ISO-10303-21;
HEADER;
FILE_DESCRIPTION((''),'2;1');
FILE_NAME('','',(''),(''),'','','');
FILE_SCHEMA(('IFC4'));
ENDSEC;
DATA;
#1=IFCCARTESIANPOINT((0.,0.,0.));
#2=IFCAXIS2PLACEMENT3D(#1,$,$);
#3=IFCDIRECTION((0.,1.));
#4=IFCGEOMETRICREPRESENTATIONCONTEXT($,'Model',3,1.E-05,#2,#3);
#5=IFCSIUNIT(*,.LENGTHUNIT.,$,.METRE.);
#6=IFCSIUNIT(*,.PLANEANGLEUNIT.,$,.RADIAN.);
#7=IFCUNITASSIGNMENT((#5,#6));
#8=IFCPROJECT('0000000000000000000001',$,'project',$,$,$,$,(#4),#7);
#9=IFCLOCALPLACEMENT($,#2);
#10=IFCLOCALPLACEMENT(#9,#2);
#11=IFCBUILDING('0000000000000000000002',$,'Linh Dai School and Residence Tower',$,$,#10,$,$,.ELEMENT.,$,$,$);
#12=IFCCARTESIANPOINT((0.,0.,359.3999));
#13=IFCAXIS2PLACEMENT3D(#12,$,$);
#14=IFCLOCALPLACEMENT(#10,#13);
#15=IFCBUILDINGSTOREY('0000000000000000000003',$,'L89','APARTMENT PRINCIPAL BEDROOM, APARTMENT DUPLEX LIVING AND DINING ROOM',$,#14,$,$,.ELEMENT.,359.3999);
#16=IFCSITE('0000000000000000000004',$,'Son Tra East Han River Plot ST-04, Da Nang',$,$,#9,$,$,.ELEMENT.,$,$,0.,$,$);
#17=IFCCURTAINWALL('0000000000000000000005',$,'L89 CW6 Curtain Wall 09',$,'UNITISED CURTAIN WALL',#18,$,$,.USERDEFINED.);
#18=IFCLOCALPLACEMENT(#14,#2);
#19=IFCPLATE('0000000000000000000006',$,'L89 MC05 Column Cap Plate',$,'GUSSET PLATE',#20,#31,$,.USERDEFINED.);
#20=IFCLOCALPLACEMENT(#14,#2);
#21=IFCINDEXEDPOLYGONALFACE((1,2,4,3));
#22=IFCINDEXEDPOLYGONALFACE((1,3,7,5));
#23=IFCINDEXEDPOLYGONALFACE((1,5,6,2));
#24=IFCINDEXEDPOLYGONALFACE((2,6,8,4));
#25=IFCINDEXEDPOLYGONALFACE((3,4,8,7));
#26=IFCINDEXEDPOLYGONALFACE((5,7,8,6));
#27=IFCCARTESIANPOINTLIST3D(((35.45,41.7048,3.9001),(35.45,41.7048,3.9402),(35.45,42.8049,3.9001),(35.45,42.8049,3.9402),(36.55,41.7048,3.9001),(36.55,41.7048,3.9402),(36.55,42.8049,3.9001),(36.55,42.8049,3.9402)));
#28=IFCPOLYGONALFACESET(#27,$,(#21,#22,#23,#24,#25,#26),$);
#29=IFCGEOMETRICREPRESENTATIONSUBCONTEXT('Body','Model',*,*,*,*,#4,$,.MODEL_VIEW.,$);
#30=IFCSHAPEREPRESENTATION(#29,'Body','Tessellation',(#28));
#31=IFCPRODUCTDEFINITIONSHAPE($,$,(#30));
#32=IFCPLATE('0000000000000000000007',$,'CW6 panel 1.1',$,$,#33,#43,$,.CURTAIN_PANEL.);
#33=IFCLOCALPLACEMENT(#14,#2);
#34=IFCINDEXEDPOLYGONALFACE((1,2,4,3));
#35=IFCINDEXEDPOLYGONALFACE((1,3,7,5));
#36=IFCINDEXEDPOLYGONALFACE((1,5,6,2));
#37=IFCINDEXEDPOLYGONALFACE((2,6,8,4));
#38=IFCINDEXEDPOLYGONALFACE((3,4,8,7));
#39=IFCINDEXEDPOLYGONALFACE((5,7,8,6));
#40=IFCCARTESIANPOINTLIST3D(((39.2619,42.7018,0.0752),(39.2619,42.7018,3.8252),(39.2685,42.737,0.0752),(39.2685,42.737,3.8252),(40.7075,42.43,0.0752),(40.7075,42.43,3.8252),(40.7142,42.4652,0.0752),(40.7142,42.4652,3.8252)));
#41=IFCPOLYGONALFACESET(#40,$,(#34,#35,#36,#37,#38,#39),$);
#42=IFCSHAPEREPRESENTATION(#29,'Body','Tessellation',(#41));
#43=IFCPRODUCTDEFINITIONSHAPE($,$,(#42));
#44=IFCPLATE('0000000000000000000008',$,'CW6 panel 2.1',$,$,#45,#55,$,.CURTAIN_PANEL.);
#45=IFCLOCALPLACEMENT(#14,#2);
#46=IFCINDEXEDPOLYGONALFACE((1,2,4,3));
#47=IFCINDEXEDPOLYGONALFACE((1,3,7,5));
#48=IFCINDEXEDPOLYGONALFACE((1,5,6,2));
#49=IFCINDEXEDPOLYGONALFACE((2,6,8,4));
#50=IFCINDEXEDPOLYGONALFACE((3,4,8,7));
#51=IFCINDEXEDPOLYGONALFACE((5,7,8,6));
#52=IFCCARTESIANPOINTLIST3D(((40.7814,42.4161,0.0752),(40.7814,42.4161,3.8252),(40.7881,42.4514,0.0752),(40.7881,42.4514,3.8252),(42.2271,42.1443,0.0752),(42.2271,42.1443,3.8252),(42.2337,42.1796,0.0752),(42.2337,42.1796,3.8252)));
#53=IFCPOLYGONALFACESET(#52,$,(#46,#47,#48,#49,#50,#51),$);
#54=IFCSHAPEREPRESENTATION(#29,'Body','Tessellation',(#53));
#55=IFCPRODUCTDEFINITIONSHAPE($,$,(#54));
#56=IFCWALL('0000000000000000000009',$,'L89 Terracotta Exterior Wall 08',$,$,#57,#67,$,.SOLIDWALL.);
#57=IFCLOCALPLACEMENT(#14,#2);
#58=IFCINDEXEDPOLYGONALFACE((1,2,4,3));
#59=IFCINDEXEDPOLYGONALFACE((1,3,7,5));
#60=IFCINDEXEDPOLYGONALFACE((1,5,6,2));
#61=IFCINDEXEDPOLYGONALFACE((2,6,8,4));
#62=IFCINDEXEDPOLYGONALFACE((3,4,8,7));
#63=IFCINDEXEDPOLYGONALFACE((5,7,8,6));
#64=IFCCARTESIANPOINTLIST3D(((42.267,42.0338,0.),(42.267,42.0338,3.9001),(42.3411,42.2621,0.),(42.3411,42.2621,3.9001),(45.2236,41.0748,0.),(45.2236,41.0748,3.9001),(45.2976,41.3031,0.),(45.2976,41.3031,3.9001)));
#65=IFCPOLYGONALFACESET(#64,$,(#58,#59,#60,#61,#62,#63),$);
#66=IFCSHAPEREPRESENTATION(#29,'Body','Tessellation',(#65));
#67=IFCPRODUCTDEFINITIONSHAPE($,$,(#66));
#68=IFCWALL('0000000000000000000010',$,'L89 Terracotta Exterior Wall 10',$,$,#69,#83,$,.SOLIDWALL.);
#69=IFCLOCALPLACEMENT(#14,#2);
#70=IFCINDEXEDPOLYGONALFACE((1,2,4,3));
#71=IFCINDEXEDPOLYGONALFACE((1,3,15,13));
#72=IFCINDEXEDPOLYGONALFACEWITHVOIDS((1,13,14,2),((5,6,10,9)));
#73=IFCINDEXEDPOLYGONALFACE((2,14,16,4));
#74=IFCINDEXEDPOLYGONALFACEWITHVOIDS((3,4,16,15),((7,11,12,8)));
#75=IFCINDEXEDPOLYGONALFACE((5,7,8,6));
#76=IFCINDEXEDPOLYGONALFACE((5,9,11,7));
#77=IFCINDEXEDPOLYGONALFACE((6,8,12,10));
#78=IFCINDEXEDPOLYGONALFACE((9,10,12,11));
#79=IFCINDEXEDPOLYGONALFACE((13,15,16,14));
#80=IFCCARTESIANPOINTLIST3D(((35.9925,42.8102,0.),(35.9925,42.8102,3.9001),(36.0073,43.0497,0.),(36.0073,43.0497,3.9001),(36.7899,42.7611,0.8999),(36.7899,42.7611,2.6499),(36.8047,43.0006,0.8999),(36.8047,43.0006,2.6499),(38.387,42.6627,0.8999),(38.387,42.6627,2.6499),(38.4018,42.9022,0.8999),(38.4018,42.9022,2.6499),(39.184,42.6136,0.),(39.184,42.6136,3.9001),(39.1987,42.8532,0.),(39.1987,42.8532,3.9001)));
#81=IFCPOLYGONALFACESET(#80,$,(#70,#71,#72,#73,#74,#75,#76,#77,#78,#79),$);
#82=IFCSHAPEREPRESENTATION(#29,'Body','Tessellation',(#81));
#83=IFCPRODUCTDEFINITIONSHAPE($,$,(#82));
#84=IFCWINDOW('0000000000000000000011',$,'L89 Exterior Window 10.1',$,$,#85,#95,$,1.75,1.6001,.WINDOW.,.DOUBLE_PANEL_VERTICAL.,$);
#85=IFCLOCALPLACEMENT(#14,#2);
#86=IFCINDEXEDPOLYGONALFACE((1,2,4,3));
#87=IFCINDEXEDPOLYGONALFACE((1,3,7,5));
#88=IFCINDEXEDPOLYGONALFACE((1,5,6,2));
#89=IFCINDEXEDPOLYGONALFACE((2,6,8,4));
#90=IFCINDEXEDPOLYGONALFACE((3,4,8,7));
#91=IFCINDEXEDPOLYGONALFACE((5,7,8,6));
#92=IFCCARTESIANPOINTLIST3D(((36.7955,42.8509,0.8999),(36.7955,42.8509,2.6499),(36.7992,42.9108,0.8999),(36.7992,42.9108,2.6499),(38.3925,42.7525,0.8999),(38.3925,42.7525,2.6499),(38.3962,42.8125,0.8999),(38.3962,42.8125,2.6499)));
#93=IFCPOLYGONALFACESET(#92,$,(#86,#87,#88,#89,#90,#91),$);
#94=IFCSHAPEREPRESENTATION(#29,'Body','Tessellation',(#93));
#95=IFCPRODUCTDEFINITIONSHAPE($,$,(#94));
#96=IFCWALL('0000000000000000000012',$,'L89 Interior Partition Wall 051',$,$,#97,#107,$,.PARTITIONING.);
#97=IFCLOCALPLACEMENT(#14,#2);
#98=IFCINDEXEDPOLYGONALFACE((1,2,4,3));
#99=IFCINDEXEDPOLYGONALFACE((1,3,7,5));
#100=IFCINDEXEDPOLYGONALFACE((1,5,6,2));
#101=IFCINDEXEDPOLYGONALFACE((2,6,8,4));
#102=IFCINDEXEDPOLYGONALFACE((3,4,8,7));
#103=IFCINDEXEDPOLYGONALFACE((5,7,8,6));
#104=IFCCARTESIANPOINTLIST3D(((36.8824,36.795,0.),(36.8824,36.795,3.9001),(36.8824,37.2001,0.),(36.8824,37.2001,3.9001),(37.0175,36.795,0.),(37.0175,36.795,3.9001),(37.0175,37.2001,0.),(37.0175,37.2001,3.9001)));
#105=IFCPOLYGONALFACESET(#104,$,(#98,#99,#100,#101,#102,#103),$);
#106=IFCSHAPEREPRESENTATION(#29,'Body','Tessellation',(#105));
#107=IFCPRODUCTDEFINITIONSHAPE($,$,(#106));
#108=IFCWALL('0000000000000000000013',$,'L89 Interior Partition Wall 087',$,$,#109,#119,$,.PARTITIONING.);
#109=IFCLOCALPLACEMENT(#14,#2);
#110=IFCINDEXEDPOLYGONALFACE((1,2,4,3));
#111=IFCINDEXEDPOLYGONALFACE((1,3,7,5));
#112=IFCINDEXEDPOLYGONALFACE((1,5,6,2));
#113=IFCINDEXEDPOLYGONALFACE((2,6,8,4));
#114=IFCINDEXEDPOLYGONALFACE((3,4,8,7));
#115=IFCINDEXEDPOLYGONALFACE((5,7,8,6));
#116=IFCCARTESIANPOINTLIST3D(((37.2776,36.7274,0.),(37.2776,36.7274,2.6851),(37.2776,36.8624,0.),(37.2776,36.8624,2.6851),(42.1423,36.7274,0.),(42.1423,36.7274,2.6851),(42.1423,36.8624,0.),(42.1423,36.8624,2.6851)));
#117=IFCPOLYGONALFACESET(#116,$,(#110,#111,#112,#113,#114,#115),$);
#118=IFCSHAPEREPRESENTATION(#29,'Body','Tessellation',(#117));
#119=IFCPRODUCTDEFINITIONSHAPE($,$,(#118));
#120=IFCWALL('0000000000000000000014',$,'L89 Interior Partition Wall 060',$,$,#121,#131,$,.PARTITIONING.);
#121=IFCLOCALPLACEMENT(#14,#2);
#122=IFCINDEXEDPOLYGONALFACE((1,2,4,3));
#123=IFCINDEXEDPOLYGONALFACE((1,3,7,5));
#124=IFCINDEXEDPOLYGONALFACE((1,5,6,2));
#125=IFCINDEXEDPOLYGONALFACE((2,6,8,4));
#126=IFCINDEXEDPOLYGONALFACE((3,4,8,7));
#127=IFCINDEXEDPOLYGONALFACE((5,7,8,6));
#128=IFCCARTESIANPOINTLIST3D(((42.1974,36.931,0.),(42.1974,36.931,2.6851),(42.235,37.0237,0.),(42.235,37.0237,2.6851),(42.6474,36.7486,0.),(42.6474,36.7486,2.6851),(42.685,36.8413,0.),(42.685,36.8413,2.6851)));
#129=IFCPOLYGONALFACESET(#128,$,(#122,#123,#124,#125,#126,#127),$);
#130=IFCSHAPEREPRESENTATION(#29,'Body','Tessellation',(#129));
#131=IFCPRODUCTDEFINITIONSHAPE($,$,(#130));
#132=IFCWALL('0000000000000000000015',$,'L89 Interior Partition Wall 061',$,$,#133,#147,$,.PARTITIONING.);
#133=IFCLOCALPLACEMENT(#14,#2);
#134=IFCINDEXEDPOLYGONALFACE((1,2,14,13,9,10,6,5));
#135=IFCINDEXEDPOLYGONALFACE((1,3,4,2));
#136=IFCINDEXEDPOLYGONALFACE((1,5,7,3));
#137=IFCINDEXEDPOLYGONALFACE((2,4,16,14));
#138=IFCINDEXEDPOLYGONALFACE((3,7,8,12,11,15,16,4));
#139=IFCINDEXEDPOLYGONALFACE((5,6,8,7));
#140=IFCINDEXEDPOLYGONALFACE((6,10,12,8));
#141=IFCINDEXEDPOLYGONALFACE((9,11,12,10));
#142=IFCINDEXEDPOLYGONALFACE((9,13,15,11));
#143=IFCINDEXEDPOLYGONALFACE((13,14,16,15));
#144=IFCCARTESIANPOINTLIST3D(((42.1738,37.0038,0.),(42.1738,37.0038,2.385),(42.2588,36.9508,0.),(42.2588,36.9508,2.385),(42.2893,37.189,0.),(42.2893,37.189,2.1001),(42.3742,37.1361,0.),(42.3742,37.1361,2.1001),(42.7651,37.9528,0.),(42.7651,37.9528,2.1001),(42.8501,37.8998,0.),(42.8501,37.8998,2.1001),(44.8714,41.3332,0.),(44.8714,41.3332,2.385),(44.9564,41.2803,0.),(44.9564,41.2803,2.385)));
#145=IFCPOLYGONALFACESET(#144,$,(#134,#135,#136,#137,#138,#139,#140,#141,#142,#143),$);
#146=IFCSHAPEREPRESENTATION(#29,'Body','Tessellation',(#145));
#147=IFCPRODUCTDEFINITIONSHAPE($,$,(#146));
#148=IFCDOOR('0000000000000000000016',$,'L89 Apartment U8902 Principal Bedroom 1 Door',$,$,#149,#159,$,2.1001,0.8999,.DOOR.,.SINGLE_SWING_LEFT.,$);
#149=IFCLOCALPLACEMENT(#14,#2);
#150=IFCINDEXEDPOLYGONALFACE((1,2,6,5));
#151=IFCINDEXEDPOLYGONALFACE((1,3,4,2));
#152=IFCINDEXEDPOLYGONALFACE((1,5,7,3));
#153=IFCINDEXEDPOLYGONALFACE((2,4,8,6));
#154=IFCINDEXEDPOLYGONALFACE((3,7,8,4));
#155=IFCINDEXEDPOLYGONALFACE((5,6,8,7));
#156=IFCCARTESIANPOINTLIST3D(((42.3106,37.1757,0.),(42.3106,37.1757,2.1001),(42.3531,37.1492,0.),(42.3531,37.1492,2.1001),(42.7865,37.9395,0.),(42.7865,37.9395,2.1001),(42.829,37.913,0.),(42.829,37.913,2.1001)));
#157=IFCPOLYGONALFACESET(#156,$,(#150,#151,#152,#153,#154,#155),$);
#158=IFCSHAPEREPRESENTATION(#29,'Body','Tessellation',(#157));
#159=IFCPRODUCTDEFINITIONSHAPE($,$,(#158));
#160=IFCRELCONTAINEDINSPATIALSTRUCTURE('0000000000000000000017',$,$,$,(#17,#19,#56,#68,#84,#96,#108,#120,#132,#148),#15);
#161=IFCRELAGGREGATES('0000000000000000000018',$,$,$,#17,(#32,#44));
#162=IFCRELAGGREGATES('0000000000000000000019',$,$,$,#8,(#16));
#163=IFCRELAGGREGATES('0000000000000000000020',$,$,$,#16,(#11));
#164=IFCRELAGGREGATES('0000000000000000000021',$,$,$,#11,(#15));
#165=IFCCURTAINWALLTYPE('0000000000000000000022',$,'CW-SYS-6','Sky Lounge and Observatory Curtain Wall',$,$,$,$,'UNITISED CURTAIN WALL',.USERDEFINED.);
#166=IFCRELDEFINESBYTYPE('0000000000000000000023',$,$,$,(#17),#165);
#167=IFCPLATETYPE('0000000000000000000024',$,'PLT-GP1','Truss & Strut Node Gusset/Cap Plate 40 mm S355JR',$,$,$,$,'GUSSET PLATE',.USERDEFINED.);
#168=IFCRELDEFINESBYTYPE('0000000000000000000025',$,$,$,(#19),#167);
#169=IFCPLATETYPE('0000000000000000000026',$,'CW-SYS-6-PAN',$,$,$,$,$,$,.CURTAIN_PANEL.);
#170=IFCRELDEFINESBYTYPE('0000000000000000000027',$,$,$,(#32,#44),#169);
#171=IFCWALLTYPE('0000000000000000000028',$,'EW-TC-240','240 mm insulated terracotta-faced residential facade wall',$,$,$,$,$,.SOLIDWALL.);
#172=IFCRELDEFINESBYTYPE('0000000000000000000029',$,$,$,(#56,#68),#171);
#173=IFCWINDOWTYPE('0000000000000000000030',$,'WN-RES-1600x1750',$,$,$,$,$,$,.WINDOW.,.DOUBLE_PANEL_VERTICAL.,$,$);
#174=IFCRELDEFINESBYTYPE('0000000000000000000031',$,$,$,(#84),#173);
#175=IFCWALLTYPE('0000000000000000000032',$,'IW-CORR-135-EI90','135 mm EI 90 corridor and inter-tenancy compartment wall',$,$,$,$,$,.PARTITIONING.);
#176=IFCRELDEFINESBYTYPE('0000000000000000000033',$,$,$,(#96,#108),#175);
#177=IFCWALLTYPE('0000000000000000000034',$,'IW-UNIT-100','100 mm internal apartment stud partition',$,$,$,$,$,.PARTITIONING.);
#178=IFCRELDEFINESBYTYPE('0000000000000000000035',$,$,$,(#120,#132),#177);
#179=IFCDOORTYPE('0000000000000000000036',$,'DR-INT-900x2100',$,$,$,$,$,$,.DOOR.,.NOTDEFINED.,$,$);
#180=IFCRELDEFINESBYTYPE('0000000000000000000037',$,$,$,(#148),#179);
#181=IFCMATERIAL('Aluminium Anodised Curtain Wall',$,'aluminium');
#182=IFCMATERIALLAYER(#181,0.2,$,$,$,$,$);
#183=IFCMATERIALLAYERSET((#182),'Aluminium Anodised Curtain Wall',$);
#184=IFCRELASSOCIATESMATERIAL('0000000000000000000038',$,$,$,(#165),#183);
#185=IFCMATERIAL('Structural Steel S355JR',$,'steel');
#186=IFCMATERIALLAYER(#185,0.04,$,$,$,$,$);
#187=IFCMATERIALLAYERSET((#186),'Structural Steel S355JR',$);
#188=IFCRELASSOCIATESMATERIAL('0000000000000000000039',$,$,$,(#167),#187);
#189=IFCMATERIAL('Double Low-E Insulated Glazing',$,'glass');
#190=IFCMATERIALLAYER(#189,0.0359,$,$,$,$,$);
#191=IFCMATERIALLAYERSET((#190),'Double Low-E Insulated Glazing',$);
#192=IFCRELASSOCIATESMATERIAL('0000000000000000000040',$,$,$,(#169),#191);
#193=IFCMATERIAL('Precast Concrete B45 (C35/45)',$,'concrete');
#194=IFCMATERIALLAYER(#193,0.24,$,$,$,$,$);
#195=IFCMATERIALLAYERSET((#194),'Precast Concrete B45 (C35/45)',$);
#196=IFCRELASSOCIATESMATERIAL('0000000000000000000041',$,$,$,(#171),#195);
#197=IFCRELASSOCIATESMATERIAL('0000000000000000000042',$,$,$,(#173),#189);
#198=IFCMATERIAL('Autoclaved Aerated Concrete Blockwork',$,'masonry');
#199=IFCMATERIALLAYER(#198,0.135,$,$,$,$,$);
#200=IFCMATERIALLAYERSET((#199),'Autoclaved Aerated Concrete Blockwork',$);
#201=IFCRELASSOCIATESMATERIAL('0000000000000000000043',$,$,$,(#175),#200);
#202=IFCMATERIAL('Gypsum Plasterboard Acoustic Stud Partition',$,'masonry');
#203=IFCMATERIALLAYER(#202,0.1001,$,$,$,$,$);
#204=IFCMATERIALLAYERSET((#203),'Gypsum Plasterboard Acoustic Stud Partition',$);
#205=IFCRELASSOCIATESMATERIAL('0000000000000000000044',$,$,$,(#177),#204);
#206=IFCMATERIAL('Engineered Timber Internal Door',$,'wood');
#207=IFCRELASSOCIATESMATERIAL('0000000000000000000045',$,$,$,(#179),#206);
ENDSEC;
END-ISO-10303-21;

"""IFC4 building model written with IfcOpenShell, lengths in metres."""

from ifc_helpers import new_model, si_unit, direction, frame, frame_2d, origin, origin_2d, place, context, subcontext, project, spatial, rectangle, extrude, source, transform, mapped, material, layer, layer_set, type_object, element, fill, aggregate, save


model = new_model("IFC4")

# Units and contexts
model_context = context("Model", 3, precision=1e-05, world=origin(), true_north=direction((0.0, 1.0)))
body_context = subcontext(model_context, "Body", "Model", "MODEL_VIEW")
ifc_project = project(units=[si_unit("LENGTHUNIT", "METRE"), si_unit("PLANEANGLEUNIT", "RADIAN")], contexts=[model_context])

# Site, building, storey
site_placement = place(None, origin())
site = spatial("IfcSite", under=ifc_project, at=site_placement, Name="Son Tra East Han River Plot ST-04, Da Nang", CompositionType="ELEMENT", RefElevation=0.0)
building_placement = place(site_placement, origin())
building = spatial("IfcBuilding", under=site, at=building_placement, Name="Linh Dai School and Residence Tower", CompositionType="ELEMENT")
storey_placement = place(building_placement, frame((0.0, 0.0, 359.3999)))
storey = spatial("IfcBuildingStorey", under=building, at=storey_placement, Name="L89", Description="APARTMENT PRINCIPAL BEDROOM, APARTMENT DUPLEX LIVING AND DINING ROOM", CompositionType="ELEMENT", Elevation=359.3999)

# Shared definitions
ifc_material_1 = material(Name="Structural Steel S355JR", Category="steel")

# Curtain wall
ifc_material_2 = material(Name="Aluminium Anodised Curtain Wall", Category="aluminium")
ifc_layer_1 = layer(ifc_material_2, 0.2)
ifc_layer_set_1 = layer_set([ifc_layer_1], Name="Aluminium Anodised Curtain Wall")
curtain_wall_type = type_object("IfcCurtainWallType", Name="CW-SYS-6", Description="Sky Lounge and Observatory Curtain Wall", ElementType="UNITISED CURTAIN WALL", PredefinedType="USERDEFINED", material=ifc_layer_set_1)
curtain_wall_placement = place(storey_placement, origin())
curtain_wall = element("IfcCurtainWall", 1, at=curtain_wall_placement, inside=storey, type_object=curtain_wall_type, Name="L89 CW6 Curtain Wall 09", ObjectType="UNITISED CURTAIN WALL", PredefinedType="USERDEFINED")

# Plates
ifc_layer_2 = layer(ifc_material_1, 0.04)
ifc_layer_set_2 = layer_set([ifc_layer_2], Name="Structural Steel S355JR")
plate_type_1 = type_object("IfcPlateType", Name="PLT-GP1", Description="Truss & Strut Node Gusset/Cap Plate 40 mm S355JR", ElementType="GUSSET PLATE", PredefinedType="USERDEFINED", material=ifc_layer_set_2)
shared_shape_1 = source(origin(), body_context, "Body", "SweptSolid", [
    extrude(rectangle(XDim=1.1001, YDim=1.1001, at=origin_2d()), origin(), (0.0, 0.0, 1.0), 0.04),
])
plate_1_placement = place(storey_placement, frame((36.0, 42.2549, 3.9001), z_axis=(0.0, 0.0, 1.0), x_axis=(1.0, 0.0, 0.0)))
element("IfcPlate", 2, at=plate_1_placement, inside=storey, type_object=plate_type_1, Name="L89 MC05 Column Cap Plate", ObjectType="GUSSET PLATE", PredefinedType="USERDEFINED", context=body_context, shape_type="MappedRepresentation", body=[
    mapped(shared_shape_1, transform((0.0, 0.0, 0.0), x_axis=(1.0, 0.0, 0.0), y_axis=(0.0, 1.0, 0.0), z_axis=(0.0, 0.0, 1.0), scale=1.0)),
])
ifc_material_3 = material(Name="Double Low-E Insulated Glazing", Category="glass")
ifc_layer_3 = layer(ifc_material_3, 0.0359)
ifc_layer_set_3 = layer_set([ifc_layer_3], Name="Double Low-E Insulated Glazing")
plate_type_2 = type_object("IfcPlateType", Name="CW-SYS-6-PAN", PredefinedType="CURTAIN_PANEL", material=ifc_layer_set_3)
shared_shape_2 = source(origin(), body_context, "Body", "SweptSolid", [
    extrude(rectangle(XDim=1.4709, YDim=0.0359, at=origin_2d()), origin(), (0.0, 0.0, 1.0), 3.75),
])
plate_2_placement = place(storey_placement, frame((39.988, 42.5835, 0.0752), z_axis=(0.0, 0.0, 1.0), x_axis=(0.982779, -0.184785, 0.0)))
plate_2 = element("IfcPlate", 3, at=plate_2_placement, type_object=plate_type_2, Name="CW6 panel 1.1", PredefinedType="CURTAIN_PANEL", context=body_context, shape_type="MappedRepresentation", body=[
    mapped(shared_shape_2, transform((0.0, 0.0, 0.0), x_axis=(1.0, 0.0, 0.0), y_axis=(0.0, 1.0, 0.0), z_axis=(0.0, 0.0, 1.0), scale=1.0)),
])
plate_3_placement = place(storey_placement, frame((41.5076, 42.2979, 0.0752), z_axis=(0.0, 0.0, 1.0), x_axis=(0.982779, -0.184785, 0.0)))
plate_3 = element("IfcPlate", 4, at=plate_3_placement, type_object=plate_type_2, Name="CW6 panel 2.1", PredefinedType="CURTAIN_PANEL", context=body_context, shape_type="MappedRepresentation", body=[
    mapped(shared_shape_2, transform((0.0, 0.0, 0.0), x_axis=(1.0, 0.0, 0.0), y_axis=(0.0, 1.0, 0.0), z_axis=(0.0, 0.0, 1.0), scale=1.0)),
])
aggregate(curtain_wall, [plate_2, plate_3])

# Wall
ifc_material_4 = material(Name="Precast Concrete B45 (C35/45)", Category="concrete")
ifc_layer_4 = layer(ifc_material_4, 0.24)
ifc_layer_set_4 = layer_set([ifc_layer_4], Name="Precast Concrete B45 (C35/45)")
wall_type_1 = type_object("IfcWallType", Name="EW-TC-240", Description="240 mm insulated terracotta-faced residential facade wall", PredefinedType="SOLIDWALL", material=ifc_layer_set_4)
wall_1_placement = place(storey_placement, frame((42.304, 42.1479, 0.0), z_axis=(0.0, 0.0, 1.0), x_axis=(0.951213, -0.308535, 0.0)))
element("IfcWall", 5, at=wall_1_placement, inside=storey, type_object=wall_type_1, Name="L89 Terracotta Exterior Wall 08", PredefinedType="SOLIDWALL", context=body_context, shape_type="SweptSolid", body=[
    extrude(rectangle(XDim=3.1082, YDim=0.24, at=frame_2d((1.5542, 0.0))), origin(), (0.0, 0.0, 1.0), 3.9001),
])

# Wall, opening, window
wall_2_placement = place(storey_placement, frame((36.0, 42.9299, 0.0), z_axis=(0.0, 0.0, 1.0), x_axis=(0.998109, -0.061466, 0.0)))
wall_2 = element("IfcWall", 6, at=wall_2_placement, inside=storey, type_object=wall_type_1, Name="L89 Terracotta Exterior Wall 10", PredefinedType="SOLIDWALL", context=body_context, shape_type="SweptSolid", body=[
    extrude(rectangle(XDim=3.1975, YDim=0.24, at=frame_2d((1.5986, 0.0))), origin(), (0.0, 0.0, 1.0), 3.9001),
])
opening_1_placement = place(wall_2_placement, frame((0.7988, 0.0, 0.8999)))
opening_1 = element("IfcOpeningElement", 7, at=opening_1_placement, cuts=wall_2, PredefinedType="OPENING", context=body_context, shape_type="SweptSolid", body=[
    extrude(rectangle(XDim=1.6001, YDim=1.75, at=origin_2d()), frame((0.8, 0.1299, 0.875), z_axis=(0.0, -1.0, 0.0), x_axis=(1.0, 0.0, 0.0)), (0.0, 0.0, 1.0), 0.26),
])
window_type = type_object("IfcWindowType", Name="WN-RES-1600x1750", PartitioningType="DOUBLE_PANEL_VERTICAL", PredefinedType="WINDOW", material=ifc_material_3)
shared_shape_3 = source(origin(), body_context, "Body", "SweptSolid", [
    extrude(rectangle(XDim=1.6001, YDim=1.75, at=origin_2d()), frame((0.8, 0.03, 0.875), z_axis=(0.0, -1.0, 0.0), x_axis=(1.0, 0.0, 0.0)), (0.0, 0.0, 1.0), 0.0601),
])
window_placement = place(opening_1_placement, origin())
window = element("IfcWindow", 8, at=window_placement, inside=storey, type_object=window_type, Name="L89 Exterior Window 10.1", OverallHeight=1.75, OverallWidth=1.6001, PartitioningType="DOUBLE_PANEL_VERTICAL", PredefinedType="WINDOW", context=body_context, shape_type="MappedRepresentation", body=[
    mapped(shared_shape_3, transform((0.0, 0.0, 0.0), x_axis=(1.0, 0.0, 0.0), y_axis=(0.0, 1.0, 0.0), z_axis=(0.0, 0.0, 1.0), scale=1.0)),
])
fill(opening_1, window)

# Walls
ifc_material_5 = material(Name="Autoclaved Aerated Concrete Blockwork", Category="masonry")
ifc_layer_5 = layer(ifc_material_5, 0.135)
ifc_layer_set_5 = layer_set([ifc_layer_5], Name="Autoclaved Aerated Concrete Blockwork")
wall_type_2 = type_object("IfcWallType", Name="IW-CORR-135-EI90", Description="135 mm EI 90 corridor and inter-tenancy compartment wall", PredefinedType="PARTITIONING", material=ifc_layer_set_5)
wall_3_placement = place(storey_placement, frame((36.95, 36.7949, 0.0), z_axis=(0.0, 0.0, 1.0), x_axis=(0.0, 1.0, 0.0)))
element("IfcWall", 9, at=wall_3_placement, inside=storey, type_object=wall_type_2, Name="L89 Interior Partition Wall 051", PredefinedType="PARTITIONING", context=body_context, shape_type="SweptSolid", body=[
    extrude(rectangle(XDim=0.405, YDim=0.135, at=frame_2d((0.2026, 0.0))), origin(), (0.0, 0.0, 1.0), 3.9001),
])
wall_4_placement = place(storey_placement, frame((42.1423, 36.7949, 0.0), z_axis=(0.0, 0.0, 1.0), x_axis=(-1.0, 0.0, 0.0)))
element("IfcWall", 10, at=wall_4_placement, inside=storey, type_object=wall_type_2, Name="L89 Interior Partition Wall 087", PredefinedType="PARTITIONING", context=body_context, shape_type="SweptSolid", body=[
    extrude(rectangle(XDim=4.8647, YDim=0.135, at=frame_2d((2.4324, 0.0))), origin(), (0.0, 0.0, 1.0), 2.6851),
])
ifc_material_6 = material(Name="Gypsum Plasterboard Acoustic Stud Partition", Category="masonry")
ifc_layer_6 = layer(ifc_material_6, 0.1001)
ifc_layer_set_6 = layer_set([ifc_layer_6], Name="Gypsum Plasterboard Acoustic Stud Partition")
wall_type_3 = type_object("IfcWallType", Name="IW-UNIT-100", Description="100 mm internal apartment stud partition", PredefinedType="PARTITIONING", material=ifc_layer_set_6)
wall_5_placement = place(storey_placement, frame((42.2163, 36.9773, 0.0), z_axis=(0.0, 0.0, 1.0), x_axis=(0.926768, -0.375635, 0.0)))
element("IfcWall", 11, at=wall_5_placement, inside=storey, type_object=wall_type_3, Name="L89 Interior Partition Wall 060", PredefinedType="PARTITIONING", context=body_context, shape_type="SweptSolid", body=[
    extrude(rectangle(XDim=0.4856, YDim=0.1001, at=frame_2d((0.2427, 0.0))), origin(), (0.0, 0.0, 1.0), 2.6851),
])

# Wall, opening, door
wall_6_placement = place(storey_placement, frame((42.2163, 36.9773, 0.0), z_axis=(0.0, 0.0, 1.0), x_axis=(0.528824, 0.848732, 0.0)))
wall_6 = element("IfcWall", 12, at=wall_6_placement, inside=storey, type_object=wall_type_3, Name="L89 Interior Partition Wall 061", PredefinedType="PARTITIONING", context=body_context, shape_type="SweptSolid", body=[
    extrude(rectangle(XDim=5.1011, YDim=0.1001, at=frame_2d((2.5505, 0.0))), origin(), (0.0, 0.0, 1.0), 2.385),
])
opening_2_placement = place(wall_6_placement, frame((0.2183, 0.0, 0.0)))
opening_2 = element("IfcOpeningElement", 13, at=opening_2_placement, cuts=wall_6, PredefinedType="OPENING", context=body_context, shape_type="SweptSolid", body=[
    extrude(rectangle(XDim=0.8999, YDim=2.1001, at=origin_2d()), frame((0.45, 0.0601, 1.05), z_axis=(0.0, -1.0, 0.0), x_axis=(1.0, 0.0, 0.0)), (0.0, 0.0, 1.0), 0.1201),
])
ifc_material_7 = material(Name="Engineered Timber Internal Door", Category="wood")
door_type_1 = type_object("IfcDoorType", Name="DR-INT-900x2100", OperationType="NOTDEFINED", PredefinedType="DOOR", material=ifc_material_7)
shared_shape_4 = source(origin(), body_context, "Body", "SweptSolid", [
    extrude(rectangle(XDim=0.8999, YDim=2.1001, at=origin_2d()), frame((0.45, 0.0249, 1.05), z_axis=(0.0, -1.0, 0.0), x_axis=(1.0, 0.0, 0.0)), (0.0, 0.0, 1.0), 0.05),
])
door_1_placement = place(opening_2_placement, origin())
door_1 = element("IfcDoor", 14, at=door_1_placement, inside=storey, type_object=door_type_1, Name="L89 Apartment U8902 Principal Bedroom 1 Door", OperationType="SINGLE_SWING_LEFT", OverallHeight=2.1001, OverallWidth=0.8999, PredefinedType="DOOR", context=body_context, shape_type="MappedRepresentation", body=[
    mapped(shared_shape_4, transform((0.0, 0.0, 0.0), x_axis=(1.0, 0.0, 0.0), y_axis=(0.0, 1.0, 0.0), z_axis=(0.0, 0.0, 1.0), scale=1.0)),
])
fill(opening_2, door_1)

save(model, "model.ifc")
